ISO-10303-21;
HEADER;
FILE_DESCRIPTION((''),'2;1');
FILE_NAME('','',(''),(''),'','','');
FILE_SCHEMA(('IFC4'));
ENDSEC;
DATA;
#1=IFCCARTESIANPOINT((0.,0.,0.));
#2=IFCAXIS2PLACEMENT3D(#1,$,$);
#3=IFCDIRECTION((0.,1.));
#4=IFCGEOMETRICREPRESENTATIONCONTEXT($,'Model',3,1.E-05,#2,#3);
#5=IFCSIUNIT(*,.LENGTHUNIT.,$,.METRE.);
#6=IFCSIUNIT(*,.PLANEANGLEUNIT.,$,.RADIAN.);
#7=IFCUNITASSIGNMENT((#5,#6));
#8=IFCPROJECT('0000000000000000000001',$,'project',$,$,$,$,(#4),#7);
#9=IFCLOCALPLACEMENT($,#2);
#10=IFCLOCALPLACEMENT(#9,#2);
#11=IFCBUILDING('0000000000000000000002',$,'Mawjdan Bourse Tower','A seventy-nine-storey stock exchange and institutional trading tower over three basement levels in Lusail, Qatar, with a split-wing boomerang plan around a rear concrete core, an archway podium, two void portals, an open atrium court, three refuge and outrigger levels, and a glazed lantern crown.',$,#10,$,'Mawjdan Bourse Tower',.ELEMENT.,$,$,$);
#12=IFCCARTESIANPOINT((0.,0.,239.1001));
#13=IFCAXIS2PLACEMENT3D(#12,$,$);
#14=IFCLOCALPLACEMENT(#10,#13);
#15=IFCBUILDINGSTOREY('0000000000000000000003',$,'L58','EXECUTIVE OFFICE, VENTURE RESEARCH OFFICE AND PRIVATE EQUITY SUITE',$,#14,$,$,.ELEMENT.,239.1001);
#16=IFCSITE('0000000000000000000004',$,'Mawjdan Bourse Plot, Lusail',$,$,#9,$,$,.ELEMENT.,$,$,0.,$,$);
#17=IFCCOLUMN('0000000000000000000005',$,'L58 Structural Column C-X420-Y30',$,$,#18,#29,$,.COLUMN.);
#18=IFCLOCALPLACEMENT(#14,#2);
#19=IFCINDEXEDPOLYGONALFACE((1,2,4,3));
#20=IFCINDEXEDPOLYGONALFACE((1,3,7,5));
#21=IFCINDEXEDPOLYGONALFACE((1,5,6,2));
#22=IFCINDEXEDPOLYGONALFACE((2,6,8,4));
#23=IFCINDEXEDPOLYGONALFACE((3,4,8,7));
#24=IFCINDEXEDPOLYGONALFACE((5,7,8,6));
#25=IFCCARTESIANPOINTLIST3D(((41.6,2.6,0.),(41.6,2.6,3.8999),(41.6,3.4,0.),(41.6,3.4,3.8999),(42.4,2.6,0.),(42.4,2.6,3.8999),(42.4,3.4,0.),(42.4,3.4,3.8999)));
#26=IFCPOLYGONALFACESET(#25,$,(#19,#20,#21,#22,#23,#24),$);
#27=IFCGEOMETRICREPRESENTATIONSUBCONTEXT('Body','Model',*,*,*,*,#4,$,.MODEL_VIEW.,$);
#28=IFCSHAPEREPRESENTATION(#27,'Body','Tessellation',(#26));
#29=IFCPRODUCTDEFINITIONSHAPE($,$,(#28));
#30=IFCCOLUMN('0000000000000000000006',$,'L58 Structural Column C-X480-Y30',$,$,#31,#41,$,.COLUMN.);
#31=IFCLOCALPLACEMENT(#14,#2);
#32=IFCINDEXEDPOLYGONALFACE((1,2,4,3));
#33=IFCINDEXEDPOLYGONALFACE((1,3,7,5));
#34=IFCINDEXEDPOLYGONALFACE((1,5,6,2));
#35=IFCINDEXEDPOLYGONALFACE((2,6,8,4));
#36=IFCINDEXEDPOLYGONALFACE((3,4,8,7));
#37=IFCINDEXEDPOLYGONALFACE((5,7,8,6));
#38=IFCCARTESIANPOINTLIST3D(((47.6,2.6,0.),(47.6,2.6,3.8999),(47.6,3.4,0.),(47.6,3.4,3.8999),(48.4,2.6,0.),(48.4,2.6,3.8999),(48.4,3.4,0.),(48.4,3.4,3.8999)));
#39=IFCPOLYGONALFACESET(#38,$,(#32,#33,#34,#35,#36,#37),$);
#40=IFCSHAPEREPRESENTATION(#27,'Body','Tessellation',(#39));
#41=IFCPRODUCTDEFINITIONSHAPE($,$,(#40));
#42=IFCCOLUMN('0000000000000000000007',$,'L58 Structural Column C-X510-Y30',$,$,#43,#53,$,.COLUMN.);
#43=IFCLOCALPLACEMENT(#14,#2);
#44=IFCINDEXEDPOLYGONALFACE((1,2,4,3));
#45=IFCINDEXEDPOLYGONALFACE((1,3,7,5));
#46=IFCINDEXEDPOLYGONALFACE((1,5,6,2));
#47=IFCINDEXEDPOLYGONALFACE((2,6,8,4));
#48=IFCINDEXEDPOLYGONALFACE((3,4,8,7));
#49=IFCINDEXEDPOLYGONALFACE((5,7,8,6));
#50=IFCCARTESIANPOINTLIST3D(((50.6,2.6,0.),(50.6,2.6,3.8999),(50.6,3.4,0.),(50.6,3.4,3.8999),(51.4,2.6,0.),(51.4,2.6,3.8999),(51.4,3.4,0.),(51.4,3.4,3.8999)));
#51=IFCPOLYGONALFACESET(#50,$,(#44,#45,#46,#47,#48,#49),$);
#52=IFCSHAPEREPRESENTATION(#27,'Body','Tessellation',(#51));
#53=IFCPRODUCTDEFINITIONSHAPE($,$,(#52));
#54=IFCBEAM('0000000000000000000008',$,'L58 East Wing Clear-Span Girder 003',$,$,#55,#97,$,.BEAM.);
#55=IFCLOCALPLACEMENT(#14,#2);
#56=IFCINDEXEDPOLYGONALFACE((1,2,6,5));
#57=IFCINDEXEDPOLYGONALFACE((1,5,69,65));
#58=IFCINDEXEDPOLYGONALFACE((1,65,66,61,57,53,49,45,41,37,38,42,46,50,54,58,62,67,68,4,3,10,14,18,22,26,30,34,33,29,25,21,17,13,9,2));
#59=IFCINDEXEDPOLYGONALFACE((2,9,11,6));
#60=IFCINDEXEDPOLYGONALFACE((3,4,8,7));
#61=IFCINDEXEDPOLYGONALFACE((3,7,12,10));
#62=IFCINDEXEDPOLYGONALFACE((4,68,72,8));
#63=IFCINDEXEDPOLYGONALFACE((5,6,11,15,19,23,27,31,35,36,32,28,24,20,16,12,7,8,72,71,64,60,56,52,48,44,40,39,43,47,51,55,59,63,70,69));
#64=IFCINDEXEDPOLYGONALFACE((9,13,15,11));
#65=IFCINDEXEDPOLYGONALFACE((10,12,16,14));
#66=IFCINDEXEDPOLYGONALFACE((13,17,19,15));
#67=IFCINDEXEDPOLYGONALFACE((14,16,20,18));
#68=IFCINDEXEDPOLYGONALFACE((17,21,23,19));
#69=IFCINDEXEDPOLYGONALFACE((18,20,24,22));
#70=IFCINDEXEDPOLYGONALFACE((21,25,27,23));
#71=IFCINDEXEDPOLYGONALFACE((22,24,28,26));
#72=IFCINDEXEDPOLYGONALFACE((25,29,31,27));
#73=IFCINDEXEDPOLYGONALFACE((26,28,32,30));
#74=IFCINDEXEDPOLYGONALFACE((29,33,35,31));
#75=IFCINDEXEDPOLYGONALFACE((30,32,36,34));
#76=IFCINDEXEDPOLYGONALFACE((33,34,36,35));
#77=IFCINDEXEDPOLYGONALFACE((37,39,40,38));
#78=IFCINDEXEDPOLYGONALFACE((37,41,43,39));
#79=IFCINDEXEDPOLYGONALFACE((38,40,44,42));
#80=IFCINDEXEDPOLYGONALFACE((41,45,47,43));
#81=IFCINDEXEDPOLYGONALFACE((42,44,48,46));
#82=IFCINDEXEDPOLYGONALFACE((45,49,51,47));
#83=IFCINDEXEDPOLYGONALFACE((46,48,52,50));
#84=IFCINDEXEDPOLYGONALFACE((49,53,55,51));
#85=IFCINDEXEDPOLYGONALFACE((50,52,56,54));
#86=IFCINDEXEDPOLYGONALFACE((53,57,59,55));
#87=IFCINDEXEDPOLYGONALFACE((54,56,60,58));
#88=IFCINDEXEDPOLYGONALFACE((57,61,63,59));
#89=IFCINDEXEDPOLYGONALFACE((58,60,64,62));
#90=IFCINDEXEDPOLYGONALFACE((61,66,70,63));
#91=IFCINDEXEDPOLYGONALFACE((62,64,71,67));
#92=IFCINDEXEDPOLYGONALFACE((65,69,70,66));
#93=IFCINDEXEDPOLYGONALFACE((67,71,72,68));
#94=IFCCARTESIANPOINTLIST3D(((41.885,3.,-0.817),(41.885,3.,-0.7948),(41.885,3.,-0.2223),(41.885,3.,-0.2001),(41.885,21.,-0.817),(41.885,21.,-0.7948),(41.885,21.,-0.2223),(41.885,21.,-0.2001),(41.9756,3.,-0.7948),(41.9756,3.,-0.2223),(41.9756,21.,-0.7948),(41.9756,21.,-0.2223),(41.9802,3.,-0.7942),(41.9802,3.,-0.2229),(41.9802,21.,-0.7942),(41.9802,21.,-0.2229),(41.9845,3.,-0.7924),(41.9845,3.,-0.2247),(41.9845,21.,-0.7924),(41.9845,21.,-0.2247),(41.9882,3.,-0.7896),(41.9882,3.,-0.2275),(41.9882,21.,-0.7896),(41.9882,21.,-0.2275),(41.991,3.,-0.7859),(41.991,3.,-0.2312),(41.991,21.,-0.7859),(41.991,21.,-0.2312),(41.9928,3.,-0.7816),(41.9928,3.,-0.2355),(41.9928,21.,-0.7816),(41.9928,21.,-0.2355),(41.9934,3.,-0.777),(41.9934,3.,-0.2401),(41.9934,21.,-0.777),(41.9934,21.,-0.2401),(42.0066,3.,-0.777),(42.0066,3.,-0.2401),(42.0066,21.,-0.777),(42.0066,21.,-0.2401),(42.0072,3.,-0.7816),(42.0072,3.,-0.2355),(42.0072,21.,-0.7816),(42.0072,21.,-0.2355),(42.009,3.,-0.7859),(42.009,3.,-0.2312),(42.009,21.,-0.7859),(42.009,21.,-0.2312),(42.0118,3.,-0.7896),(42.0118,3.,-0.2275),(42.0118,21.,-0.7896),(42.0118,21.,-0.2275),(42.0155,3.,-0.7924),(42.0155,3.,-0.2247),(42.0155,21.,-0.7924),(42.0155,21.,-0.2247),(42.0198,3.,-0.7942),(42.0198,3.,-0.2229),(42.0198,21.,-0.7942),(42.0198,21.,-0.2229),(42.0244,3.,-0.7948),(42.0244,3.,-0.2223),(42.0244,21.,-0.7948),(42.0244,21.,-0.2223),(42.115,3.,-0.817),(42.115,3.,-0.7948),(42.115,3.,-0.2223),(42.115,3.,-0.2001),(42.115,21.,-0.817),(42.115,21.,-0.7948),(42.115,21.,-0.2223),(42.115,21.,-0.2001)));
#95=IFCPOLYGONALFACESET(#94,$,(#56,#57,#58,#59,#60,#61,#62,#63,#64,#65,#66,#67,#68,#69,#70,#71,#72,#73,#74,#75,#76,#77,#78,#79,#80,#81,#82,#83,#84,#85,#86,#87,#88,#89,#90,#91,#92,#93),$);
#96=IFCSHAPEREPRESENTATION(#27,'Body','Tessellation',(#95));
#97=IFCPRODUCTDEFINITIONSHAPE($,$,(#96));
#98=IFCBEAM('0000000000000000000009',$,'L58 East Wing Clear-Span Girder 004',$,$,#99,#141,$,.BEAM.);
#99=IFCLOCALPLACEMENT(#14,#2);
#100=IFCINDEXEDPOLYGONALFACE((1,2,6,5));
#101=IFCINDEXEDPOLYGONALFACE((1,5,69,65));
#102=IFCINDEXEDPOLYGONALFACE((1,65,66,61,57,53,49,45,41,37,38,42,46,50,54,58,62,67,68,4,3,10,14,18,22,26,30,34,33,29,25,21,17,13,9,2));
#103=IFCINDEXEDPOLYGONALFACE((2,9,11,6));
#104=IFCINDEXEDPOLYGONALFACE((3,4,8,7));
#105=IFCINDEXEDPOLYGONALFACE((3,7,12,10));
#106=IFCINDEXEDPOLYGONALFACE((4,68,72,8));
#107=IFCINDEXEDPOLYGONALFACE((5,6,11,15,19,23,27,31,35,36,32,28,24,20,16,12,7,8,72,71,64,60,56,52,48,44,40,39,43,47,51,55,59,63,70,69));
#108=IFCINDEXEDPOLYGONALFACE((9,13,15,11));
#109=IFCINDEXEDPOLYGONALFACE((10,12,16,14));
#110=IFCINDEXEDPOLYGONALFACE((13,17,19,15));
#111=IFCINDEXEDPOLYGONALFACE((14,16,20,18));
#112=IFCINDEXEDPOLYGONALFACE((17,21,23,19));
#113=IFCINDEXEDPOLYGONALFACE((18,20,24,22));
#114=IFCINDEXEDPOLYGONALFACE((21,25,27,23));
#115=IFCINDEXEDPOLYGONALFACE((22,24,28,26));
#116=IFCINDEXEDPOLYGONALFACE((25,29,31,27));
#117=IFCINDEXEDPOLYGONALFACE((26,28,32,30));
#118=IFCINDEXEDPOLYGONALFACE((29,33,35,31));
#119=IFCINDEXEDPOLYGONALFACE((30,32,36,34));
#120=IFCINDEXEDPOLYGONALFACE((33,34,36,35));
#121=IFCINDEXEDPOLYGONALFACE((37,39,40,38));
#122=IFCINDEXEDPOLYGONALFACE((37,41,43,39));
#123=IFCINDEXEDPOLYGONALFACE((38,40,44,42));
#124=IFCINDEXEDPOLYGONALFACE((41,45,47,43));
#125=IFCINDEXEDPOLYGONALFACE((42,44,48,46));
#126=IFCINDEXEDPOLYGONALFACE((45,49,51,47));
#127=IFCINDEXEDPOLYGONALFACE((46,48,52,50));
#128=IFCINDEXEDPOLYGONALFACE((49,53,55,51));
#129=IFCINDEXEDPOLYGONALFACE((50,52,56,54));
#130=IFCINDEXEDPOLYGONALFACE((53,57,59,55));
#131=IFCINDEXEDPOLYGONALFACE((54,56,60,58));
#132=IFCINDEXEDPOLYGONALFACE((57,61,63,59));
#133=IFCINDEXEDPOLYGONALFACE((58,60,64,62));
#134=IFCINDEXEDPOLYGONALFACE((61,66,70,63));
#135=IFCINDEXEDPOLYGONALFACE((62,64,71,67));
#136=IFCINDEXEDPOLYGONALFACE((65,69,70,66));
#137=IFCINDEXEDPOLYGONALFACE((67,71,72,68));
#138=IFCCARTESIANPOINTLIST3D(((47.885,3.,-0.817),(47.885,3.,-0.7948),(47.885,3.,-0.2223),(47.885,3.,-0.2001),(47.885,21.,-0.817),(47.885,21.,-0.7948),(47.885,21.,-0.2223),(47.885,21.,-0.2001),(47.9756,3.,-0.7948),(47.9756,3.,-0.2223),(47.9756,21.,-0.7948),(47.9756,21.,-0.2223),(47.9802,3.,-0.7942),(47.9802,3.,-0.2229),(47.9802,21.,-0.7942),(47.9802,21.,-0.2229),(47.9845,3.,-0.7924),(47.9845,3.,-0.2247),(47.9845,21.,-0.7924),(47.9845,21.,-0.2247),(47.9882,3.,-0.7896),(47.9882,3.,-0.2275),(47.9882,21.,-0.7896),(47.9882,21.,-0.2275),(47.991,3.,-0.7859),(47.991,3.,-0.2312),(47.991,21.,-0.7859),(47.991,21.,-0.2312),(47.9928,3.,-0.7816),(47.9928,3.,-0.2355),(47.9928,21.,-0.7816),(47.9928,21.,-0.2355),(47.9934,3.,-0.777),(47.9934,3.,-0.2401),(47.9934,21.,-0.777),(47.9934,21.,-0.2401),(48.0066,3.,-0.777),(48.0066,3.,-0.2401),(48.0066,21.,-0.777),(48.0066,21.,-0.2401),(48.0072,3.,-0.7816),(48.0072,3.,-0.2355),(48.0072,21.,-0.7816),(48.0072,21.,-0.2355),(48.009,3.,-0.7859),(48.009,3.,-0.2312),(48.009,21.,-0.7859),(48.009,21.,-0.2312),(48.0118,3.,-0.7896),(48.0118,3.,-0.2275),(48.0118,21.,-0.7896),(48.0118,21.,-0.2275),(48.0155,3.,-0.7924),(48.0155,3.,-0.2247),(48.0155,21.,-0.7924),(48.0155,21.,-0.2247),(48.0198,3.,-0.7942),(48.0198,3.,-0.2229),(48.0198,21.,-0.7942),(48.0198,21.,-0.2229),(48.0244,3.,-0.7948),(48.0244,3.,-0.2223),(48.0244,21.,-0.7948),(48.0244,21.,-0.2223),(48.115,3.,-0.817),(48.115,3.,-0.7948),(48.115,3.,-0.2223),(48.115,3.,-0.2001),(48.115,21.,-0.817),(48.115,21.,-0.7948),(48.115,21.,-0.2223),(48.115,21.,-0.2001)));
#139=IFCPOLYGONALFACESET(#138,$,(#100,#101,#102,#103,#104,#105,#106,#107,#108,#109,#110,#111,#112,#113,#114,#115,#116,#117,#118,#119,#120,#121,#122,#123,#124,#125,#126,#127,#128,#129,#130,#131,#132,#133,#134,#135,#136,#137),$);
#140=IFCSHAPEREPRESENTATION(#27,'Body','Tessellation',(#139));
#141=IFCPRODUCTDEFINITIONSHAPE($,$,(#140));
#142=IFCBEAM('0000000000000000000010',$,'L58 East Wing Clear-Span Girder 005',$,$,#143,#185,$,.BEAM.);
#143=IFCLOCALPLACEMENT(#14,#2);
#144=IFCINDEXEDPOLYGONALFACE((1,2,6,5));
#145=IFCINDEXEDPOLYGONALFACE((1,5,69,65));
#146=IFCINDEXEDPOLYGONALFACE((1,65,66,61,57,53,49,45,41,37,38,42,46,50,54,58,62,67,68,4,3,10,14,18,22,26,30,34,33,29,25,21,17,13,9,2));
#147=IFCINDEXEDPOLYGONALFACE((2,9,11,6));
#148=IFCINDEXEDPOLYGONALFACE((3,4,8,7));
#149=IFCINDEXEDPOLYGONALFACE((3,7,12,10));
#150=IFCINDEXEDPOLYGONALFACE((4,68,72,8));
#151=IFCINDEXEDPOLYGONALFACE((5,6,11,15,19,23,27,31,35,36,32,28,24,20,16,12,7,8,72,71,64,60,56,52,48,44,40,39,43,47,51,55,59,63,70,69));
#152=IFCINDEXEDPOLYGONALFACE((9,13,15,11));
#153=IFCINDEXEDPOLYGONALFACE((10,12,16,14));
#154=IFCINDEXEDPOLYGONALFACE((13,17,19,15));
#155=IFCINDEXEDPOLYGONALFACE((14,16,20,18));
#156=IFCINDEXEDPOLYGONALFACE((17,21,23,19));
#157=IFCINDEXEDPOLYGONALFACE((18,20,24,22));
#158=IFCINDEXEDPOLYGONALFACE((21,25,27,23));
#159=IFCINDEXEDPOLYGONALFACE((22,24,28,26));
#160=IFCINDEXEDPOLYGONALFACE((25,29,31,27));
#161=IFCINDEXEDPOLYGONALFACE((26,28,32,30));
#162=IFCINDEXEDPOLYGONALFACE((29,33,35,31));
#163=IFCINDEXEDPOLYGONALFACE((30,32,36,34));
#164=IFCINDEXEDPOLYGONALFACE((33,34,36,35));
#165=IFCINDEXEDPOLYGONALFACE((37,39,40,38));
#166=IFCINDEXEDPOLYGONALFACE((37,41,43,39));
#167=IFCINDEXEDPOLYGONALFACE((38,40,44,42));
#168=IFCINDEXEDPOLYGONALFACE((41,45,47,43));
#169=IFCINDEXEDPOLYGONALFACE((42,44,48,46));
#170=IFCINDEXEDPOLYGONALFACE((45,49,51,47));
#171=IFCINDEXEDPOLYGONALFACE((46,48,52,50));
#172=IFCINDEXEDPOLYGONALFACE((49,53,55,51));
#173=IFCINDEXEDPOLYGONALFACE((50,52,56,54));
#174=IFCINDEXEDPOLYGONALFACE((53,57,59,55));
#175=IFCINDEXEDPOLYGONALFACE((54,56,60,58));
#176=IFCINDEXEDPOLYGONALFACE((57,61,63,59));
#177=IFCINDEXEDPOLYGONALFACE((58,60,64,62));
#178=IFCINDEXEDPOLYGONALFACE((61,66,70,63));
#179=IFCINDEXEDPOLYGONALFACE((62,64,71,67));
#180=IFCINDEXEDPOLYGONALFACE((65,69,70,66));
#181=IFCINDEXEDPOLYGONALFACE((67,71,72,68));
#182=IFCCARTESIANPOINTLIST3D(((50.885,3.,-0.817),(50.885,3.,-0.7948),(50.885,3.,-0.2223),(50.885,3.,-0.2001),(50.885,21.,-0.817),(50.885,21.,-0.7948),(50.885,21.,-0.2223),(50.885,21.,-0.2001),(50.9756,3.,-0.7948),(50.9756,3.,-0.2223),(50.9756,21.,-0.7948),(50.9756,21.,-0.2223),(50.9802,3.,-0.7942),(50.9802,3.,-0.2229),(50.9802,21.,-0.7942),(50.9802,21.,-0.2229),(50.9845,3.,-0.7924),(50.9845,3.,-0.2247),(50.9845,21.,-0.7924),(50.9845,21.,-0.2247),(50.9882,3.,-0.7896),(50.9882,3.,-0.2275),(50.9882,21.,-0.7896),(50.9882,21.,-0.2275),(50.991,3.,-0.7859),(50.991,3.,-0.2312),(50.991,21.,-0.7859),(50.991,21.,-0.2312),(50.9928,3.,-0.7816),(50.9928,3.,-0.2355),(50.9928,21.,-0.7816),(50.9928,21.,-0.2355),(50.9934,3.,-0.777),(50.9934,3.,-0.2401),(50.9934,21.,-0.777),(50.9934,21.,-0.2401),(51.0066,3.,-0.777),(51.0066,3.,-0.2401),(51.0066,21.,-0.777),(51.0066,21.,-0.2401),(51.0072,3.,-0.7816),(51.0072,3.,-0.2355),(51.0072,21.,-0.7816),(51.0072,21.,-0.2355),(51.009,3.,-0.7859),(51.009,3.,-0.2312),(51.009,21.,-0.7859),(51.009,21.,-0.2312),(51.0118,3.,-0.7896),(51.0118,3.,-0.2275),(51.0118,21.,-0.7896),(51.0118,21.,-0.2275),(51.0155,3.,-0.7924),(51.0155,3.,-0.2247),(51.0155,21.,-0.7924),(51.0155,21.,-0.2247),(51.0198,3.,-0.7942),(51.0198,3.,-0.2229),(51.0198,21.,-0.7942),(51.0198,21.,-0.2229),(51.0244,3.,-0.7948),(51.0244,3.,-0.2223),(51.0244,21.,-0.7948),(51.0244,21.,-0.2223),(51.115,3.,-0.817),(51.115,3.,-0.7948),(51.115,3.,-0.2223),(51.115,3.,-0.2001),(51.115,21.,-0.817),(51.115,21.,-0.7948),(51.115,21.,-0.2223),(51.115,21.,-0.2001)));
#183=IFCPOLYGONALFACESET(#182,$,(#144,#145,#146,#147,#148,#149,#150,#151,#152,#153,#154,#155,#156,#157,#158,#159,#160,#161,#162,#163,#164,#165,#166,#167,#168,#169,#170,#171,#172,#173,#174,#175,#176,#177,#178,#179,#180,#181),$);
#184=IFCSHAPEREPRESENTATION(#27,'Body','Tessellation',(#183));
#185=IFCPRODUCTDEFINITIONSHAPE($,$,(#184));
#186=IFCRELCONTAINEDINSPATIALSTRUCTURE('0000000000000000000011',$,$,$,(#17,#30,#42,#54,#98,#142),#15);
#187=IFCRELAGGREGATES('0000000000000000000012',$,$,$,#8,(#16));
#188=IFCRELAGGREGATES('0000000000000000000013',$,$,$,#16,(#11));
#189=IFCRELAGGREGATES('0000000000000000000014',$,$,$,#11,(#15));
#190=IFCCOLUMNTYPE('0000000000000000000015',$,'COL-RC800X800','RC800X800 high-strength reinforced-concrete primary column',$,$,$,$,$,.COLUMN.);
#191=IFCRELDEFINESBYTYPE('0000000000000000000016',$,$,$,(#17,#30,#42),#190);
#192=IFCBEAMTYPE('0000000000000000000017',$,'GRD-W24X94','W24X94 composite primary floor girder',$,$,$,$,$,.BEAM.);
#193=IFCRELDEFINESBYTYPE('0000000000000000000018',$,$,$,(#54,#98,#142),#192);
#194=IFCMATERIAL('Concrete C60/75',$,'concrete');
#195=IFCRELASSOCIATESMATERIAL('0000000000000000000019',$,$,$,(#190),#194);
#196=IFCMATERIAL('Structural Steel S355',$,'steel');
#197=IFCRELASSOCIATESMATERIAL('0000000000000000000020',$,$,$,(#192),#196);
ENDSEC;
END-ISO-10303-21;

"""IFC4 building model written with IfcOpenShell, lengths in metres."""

from ifc_helpers import new_model, si_unit, direction, frame, origin, origin_2d, place, context, subcontext, project, spatial, rectangle, i_section, extrude, material, material_profile, profile_set, type_object, element, save


model = new_model("IFC4")

# Units and contexts
model_context = context("Model", 3, precision=1e-05, world=origin(), true_north=direction((0.0, 1.0)))
body_context = subcontext(model_context, "Body", "Model", "MODEL_VIEW")
ifc_project = project(units=[si_unit("LENGTHUNIT", "METRE"), si_unit("PLANEANGLEUNIT", "RADIAN")], contexts=[model_context])

# Site, building, storey
site_placement = place(None, origin())
site = spatial("IfcSite", under=ifc_project, at=site_placement, Name="Mawjdan Bourse Plot, Lusail", CompositionType="ELEMENT", RefElevation=0.0)
building_placement = place(site_placement, origin())
building = spatial("IfcBuilding", under=site, at=building_placement, Name="Mawjdan Bourse Tower", Description="A seventy-nine-storey stock exchange and institutional trading tower over three basement levels in Lusail, Qatar, with a split-wing boomerang plan around a rear concrete core, an archway podium, two void portals, an open atrium court, three refuge and outrigger levels, and a glazed lantern crown.", LongName="Mawjdan Bourse Tower", CompositionType="ELEMENT")
storey_placement = place(building_placement, frame((0.0, 0.0, 239.1001)))
storey = spatial("IfcBuildingStorey", under=building, at=storey_placement, Name="L58", Description="EXECUTIVE OFFICE, VENTURE RESEARCH OFFICE AND PRIVATE EQUITY SUITE", CompositionType="ELEMENT", Elevation=239.1001)

# Columns
ifc_material_1 = material(Name="Concrete C60/75", Category="concrete")
ifc_material_profile_1 = material_profile(ifc_material_1, rectangle(XDim=0.8, YDim=0.8, at=origin_2d()), Name="RC800X800")
ifc_profile_set_1 = profile_set([ifc_material_profile_1], Name="Concrete C60/75")
column_type = type_object("IfcColumnType", Name="COL-RC800X800", Description="RC800X800 high-strength reinforced-concrete primary column", PredefinedType="COLUMN", material=ifc_profile_set_1)
for number, where, z_axis, x_axis, name in (
    (1, (42.0, 3.0, 0.0), (0.0, 0.0, 1.0), (1.0, 0.0, 0.0), "L58 Structural Column C-X420-Y30"),
    (2, (48.0, 3.0, 0.0), (0.0, 0.0, 1.0), (1.0, 0.0, 0.0), "L58 Structural Column C-X480-Y30"),
    (3, (51.0, 3.0, 0.0), (0.0, 0.0, 1.0), (1.0, 0.0, 0.0), "L58 Structural Column C-X510-Y30"),
):
    element("IfcColumn", number, at=place(storey_placement, frame(where, z_axis=z_axis, x_axis=x_axis)), inside=storey, type_object=column_type, Name=name, PredefinedType="COLUMN", context=body_context, shape_type="SweptSolid", body=[
        extrude(rectangle(XDim=0.8, YDim=0.8, at=origin_2d()), origin(), (0.0, 0.0, 1.0), 3.8999),
    ])

# Beams
ifc_material_2 = material(Name="Structural Steel S355", Category="steel")
ifc_material_profile_2 = material_profile(ifc_material_2, i_section(OverallWidth=0.23, OverallDepth=0.6169, WebThickness=0.0132, FlangeThickness=0.0222, FilletRadius=0.0178, at=origin_2d()), Name="W24X94")
ifc_profile_set_2 = profile_set([ifc_material_profile_2], Name="Structural Steel S355")
beam_type_1 = type_object("IfcBeamType", Name="GRD-W24X94", Description="W24X94 composite primary floor girder", PredefinedType="BEAM", material=ifc_profile_set_2)
for number, where, z_axis, x_axis, name in (
    (4, (42.0, 3.0, -0.5085), (0.0, 1.0, 0.0), (-1.0, 0.0, 0.0), "L58 East Wing Clear-Span Girder 003"),
    (5, (48.0, 3.0, -0.5085), (0.0, 1.0, 0.0), (-1.0, 0.0, 0.0), "L58 East Wing Clear-Span Girder 004"),
    (6, (51.0, 3.0, -0.5085), (0.0, 1.0, 0.0), (-1.0, 0.0, 0.0), "L58 East Wing Clear-Span Girder 005"),
):
    element("IfcBeam", number, at=place(storey_placement, frame(where, z_axis=z_axis, x_axis=x_axis)), inside=storey, type_object=beam_type_1, Name=name, PredefinedType="BEAM", context=body_context, shape_type="SweptSolid", body=[
        extrude(i_section(OverallWidth=0.23, OverallDepth=0.6169, WebThickness=0.0132, FlangeThickness=0.0222, FilletRadius=0.0178, at=origin_2d()), origin(), (0.0, 0.0, 1.0), 18.0),
    ])

save(model, "model.ifc")
